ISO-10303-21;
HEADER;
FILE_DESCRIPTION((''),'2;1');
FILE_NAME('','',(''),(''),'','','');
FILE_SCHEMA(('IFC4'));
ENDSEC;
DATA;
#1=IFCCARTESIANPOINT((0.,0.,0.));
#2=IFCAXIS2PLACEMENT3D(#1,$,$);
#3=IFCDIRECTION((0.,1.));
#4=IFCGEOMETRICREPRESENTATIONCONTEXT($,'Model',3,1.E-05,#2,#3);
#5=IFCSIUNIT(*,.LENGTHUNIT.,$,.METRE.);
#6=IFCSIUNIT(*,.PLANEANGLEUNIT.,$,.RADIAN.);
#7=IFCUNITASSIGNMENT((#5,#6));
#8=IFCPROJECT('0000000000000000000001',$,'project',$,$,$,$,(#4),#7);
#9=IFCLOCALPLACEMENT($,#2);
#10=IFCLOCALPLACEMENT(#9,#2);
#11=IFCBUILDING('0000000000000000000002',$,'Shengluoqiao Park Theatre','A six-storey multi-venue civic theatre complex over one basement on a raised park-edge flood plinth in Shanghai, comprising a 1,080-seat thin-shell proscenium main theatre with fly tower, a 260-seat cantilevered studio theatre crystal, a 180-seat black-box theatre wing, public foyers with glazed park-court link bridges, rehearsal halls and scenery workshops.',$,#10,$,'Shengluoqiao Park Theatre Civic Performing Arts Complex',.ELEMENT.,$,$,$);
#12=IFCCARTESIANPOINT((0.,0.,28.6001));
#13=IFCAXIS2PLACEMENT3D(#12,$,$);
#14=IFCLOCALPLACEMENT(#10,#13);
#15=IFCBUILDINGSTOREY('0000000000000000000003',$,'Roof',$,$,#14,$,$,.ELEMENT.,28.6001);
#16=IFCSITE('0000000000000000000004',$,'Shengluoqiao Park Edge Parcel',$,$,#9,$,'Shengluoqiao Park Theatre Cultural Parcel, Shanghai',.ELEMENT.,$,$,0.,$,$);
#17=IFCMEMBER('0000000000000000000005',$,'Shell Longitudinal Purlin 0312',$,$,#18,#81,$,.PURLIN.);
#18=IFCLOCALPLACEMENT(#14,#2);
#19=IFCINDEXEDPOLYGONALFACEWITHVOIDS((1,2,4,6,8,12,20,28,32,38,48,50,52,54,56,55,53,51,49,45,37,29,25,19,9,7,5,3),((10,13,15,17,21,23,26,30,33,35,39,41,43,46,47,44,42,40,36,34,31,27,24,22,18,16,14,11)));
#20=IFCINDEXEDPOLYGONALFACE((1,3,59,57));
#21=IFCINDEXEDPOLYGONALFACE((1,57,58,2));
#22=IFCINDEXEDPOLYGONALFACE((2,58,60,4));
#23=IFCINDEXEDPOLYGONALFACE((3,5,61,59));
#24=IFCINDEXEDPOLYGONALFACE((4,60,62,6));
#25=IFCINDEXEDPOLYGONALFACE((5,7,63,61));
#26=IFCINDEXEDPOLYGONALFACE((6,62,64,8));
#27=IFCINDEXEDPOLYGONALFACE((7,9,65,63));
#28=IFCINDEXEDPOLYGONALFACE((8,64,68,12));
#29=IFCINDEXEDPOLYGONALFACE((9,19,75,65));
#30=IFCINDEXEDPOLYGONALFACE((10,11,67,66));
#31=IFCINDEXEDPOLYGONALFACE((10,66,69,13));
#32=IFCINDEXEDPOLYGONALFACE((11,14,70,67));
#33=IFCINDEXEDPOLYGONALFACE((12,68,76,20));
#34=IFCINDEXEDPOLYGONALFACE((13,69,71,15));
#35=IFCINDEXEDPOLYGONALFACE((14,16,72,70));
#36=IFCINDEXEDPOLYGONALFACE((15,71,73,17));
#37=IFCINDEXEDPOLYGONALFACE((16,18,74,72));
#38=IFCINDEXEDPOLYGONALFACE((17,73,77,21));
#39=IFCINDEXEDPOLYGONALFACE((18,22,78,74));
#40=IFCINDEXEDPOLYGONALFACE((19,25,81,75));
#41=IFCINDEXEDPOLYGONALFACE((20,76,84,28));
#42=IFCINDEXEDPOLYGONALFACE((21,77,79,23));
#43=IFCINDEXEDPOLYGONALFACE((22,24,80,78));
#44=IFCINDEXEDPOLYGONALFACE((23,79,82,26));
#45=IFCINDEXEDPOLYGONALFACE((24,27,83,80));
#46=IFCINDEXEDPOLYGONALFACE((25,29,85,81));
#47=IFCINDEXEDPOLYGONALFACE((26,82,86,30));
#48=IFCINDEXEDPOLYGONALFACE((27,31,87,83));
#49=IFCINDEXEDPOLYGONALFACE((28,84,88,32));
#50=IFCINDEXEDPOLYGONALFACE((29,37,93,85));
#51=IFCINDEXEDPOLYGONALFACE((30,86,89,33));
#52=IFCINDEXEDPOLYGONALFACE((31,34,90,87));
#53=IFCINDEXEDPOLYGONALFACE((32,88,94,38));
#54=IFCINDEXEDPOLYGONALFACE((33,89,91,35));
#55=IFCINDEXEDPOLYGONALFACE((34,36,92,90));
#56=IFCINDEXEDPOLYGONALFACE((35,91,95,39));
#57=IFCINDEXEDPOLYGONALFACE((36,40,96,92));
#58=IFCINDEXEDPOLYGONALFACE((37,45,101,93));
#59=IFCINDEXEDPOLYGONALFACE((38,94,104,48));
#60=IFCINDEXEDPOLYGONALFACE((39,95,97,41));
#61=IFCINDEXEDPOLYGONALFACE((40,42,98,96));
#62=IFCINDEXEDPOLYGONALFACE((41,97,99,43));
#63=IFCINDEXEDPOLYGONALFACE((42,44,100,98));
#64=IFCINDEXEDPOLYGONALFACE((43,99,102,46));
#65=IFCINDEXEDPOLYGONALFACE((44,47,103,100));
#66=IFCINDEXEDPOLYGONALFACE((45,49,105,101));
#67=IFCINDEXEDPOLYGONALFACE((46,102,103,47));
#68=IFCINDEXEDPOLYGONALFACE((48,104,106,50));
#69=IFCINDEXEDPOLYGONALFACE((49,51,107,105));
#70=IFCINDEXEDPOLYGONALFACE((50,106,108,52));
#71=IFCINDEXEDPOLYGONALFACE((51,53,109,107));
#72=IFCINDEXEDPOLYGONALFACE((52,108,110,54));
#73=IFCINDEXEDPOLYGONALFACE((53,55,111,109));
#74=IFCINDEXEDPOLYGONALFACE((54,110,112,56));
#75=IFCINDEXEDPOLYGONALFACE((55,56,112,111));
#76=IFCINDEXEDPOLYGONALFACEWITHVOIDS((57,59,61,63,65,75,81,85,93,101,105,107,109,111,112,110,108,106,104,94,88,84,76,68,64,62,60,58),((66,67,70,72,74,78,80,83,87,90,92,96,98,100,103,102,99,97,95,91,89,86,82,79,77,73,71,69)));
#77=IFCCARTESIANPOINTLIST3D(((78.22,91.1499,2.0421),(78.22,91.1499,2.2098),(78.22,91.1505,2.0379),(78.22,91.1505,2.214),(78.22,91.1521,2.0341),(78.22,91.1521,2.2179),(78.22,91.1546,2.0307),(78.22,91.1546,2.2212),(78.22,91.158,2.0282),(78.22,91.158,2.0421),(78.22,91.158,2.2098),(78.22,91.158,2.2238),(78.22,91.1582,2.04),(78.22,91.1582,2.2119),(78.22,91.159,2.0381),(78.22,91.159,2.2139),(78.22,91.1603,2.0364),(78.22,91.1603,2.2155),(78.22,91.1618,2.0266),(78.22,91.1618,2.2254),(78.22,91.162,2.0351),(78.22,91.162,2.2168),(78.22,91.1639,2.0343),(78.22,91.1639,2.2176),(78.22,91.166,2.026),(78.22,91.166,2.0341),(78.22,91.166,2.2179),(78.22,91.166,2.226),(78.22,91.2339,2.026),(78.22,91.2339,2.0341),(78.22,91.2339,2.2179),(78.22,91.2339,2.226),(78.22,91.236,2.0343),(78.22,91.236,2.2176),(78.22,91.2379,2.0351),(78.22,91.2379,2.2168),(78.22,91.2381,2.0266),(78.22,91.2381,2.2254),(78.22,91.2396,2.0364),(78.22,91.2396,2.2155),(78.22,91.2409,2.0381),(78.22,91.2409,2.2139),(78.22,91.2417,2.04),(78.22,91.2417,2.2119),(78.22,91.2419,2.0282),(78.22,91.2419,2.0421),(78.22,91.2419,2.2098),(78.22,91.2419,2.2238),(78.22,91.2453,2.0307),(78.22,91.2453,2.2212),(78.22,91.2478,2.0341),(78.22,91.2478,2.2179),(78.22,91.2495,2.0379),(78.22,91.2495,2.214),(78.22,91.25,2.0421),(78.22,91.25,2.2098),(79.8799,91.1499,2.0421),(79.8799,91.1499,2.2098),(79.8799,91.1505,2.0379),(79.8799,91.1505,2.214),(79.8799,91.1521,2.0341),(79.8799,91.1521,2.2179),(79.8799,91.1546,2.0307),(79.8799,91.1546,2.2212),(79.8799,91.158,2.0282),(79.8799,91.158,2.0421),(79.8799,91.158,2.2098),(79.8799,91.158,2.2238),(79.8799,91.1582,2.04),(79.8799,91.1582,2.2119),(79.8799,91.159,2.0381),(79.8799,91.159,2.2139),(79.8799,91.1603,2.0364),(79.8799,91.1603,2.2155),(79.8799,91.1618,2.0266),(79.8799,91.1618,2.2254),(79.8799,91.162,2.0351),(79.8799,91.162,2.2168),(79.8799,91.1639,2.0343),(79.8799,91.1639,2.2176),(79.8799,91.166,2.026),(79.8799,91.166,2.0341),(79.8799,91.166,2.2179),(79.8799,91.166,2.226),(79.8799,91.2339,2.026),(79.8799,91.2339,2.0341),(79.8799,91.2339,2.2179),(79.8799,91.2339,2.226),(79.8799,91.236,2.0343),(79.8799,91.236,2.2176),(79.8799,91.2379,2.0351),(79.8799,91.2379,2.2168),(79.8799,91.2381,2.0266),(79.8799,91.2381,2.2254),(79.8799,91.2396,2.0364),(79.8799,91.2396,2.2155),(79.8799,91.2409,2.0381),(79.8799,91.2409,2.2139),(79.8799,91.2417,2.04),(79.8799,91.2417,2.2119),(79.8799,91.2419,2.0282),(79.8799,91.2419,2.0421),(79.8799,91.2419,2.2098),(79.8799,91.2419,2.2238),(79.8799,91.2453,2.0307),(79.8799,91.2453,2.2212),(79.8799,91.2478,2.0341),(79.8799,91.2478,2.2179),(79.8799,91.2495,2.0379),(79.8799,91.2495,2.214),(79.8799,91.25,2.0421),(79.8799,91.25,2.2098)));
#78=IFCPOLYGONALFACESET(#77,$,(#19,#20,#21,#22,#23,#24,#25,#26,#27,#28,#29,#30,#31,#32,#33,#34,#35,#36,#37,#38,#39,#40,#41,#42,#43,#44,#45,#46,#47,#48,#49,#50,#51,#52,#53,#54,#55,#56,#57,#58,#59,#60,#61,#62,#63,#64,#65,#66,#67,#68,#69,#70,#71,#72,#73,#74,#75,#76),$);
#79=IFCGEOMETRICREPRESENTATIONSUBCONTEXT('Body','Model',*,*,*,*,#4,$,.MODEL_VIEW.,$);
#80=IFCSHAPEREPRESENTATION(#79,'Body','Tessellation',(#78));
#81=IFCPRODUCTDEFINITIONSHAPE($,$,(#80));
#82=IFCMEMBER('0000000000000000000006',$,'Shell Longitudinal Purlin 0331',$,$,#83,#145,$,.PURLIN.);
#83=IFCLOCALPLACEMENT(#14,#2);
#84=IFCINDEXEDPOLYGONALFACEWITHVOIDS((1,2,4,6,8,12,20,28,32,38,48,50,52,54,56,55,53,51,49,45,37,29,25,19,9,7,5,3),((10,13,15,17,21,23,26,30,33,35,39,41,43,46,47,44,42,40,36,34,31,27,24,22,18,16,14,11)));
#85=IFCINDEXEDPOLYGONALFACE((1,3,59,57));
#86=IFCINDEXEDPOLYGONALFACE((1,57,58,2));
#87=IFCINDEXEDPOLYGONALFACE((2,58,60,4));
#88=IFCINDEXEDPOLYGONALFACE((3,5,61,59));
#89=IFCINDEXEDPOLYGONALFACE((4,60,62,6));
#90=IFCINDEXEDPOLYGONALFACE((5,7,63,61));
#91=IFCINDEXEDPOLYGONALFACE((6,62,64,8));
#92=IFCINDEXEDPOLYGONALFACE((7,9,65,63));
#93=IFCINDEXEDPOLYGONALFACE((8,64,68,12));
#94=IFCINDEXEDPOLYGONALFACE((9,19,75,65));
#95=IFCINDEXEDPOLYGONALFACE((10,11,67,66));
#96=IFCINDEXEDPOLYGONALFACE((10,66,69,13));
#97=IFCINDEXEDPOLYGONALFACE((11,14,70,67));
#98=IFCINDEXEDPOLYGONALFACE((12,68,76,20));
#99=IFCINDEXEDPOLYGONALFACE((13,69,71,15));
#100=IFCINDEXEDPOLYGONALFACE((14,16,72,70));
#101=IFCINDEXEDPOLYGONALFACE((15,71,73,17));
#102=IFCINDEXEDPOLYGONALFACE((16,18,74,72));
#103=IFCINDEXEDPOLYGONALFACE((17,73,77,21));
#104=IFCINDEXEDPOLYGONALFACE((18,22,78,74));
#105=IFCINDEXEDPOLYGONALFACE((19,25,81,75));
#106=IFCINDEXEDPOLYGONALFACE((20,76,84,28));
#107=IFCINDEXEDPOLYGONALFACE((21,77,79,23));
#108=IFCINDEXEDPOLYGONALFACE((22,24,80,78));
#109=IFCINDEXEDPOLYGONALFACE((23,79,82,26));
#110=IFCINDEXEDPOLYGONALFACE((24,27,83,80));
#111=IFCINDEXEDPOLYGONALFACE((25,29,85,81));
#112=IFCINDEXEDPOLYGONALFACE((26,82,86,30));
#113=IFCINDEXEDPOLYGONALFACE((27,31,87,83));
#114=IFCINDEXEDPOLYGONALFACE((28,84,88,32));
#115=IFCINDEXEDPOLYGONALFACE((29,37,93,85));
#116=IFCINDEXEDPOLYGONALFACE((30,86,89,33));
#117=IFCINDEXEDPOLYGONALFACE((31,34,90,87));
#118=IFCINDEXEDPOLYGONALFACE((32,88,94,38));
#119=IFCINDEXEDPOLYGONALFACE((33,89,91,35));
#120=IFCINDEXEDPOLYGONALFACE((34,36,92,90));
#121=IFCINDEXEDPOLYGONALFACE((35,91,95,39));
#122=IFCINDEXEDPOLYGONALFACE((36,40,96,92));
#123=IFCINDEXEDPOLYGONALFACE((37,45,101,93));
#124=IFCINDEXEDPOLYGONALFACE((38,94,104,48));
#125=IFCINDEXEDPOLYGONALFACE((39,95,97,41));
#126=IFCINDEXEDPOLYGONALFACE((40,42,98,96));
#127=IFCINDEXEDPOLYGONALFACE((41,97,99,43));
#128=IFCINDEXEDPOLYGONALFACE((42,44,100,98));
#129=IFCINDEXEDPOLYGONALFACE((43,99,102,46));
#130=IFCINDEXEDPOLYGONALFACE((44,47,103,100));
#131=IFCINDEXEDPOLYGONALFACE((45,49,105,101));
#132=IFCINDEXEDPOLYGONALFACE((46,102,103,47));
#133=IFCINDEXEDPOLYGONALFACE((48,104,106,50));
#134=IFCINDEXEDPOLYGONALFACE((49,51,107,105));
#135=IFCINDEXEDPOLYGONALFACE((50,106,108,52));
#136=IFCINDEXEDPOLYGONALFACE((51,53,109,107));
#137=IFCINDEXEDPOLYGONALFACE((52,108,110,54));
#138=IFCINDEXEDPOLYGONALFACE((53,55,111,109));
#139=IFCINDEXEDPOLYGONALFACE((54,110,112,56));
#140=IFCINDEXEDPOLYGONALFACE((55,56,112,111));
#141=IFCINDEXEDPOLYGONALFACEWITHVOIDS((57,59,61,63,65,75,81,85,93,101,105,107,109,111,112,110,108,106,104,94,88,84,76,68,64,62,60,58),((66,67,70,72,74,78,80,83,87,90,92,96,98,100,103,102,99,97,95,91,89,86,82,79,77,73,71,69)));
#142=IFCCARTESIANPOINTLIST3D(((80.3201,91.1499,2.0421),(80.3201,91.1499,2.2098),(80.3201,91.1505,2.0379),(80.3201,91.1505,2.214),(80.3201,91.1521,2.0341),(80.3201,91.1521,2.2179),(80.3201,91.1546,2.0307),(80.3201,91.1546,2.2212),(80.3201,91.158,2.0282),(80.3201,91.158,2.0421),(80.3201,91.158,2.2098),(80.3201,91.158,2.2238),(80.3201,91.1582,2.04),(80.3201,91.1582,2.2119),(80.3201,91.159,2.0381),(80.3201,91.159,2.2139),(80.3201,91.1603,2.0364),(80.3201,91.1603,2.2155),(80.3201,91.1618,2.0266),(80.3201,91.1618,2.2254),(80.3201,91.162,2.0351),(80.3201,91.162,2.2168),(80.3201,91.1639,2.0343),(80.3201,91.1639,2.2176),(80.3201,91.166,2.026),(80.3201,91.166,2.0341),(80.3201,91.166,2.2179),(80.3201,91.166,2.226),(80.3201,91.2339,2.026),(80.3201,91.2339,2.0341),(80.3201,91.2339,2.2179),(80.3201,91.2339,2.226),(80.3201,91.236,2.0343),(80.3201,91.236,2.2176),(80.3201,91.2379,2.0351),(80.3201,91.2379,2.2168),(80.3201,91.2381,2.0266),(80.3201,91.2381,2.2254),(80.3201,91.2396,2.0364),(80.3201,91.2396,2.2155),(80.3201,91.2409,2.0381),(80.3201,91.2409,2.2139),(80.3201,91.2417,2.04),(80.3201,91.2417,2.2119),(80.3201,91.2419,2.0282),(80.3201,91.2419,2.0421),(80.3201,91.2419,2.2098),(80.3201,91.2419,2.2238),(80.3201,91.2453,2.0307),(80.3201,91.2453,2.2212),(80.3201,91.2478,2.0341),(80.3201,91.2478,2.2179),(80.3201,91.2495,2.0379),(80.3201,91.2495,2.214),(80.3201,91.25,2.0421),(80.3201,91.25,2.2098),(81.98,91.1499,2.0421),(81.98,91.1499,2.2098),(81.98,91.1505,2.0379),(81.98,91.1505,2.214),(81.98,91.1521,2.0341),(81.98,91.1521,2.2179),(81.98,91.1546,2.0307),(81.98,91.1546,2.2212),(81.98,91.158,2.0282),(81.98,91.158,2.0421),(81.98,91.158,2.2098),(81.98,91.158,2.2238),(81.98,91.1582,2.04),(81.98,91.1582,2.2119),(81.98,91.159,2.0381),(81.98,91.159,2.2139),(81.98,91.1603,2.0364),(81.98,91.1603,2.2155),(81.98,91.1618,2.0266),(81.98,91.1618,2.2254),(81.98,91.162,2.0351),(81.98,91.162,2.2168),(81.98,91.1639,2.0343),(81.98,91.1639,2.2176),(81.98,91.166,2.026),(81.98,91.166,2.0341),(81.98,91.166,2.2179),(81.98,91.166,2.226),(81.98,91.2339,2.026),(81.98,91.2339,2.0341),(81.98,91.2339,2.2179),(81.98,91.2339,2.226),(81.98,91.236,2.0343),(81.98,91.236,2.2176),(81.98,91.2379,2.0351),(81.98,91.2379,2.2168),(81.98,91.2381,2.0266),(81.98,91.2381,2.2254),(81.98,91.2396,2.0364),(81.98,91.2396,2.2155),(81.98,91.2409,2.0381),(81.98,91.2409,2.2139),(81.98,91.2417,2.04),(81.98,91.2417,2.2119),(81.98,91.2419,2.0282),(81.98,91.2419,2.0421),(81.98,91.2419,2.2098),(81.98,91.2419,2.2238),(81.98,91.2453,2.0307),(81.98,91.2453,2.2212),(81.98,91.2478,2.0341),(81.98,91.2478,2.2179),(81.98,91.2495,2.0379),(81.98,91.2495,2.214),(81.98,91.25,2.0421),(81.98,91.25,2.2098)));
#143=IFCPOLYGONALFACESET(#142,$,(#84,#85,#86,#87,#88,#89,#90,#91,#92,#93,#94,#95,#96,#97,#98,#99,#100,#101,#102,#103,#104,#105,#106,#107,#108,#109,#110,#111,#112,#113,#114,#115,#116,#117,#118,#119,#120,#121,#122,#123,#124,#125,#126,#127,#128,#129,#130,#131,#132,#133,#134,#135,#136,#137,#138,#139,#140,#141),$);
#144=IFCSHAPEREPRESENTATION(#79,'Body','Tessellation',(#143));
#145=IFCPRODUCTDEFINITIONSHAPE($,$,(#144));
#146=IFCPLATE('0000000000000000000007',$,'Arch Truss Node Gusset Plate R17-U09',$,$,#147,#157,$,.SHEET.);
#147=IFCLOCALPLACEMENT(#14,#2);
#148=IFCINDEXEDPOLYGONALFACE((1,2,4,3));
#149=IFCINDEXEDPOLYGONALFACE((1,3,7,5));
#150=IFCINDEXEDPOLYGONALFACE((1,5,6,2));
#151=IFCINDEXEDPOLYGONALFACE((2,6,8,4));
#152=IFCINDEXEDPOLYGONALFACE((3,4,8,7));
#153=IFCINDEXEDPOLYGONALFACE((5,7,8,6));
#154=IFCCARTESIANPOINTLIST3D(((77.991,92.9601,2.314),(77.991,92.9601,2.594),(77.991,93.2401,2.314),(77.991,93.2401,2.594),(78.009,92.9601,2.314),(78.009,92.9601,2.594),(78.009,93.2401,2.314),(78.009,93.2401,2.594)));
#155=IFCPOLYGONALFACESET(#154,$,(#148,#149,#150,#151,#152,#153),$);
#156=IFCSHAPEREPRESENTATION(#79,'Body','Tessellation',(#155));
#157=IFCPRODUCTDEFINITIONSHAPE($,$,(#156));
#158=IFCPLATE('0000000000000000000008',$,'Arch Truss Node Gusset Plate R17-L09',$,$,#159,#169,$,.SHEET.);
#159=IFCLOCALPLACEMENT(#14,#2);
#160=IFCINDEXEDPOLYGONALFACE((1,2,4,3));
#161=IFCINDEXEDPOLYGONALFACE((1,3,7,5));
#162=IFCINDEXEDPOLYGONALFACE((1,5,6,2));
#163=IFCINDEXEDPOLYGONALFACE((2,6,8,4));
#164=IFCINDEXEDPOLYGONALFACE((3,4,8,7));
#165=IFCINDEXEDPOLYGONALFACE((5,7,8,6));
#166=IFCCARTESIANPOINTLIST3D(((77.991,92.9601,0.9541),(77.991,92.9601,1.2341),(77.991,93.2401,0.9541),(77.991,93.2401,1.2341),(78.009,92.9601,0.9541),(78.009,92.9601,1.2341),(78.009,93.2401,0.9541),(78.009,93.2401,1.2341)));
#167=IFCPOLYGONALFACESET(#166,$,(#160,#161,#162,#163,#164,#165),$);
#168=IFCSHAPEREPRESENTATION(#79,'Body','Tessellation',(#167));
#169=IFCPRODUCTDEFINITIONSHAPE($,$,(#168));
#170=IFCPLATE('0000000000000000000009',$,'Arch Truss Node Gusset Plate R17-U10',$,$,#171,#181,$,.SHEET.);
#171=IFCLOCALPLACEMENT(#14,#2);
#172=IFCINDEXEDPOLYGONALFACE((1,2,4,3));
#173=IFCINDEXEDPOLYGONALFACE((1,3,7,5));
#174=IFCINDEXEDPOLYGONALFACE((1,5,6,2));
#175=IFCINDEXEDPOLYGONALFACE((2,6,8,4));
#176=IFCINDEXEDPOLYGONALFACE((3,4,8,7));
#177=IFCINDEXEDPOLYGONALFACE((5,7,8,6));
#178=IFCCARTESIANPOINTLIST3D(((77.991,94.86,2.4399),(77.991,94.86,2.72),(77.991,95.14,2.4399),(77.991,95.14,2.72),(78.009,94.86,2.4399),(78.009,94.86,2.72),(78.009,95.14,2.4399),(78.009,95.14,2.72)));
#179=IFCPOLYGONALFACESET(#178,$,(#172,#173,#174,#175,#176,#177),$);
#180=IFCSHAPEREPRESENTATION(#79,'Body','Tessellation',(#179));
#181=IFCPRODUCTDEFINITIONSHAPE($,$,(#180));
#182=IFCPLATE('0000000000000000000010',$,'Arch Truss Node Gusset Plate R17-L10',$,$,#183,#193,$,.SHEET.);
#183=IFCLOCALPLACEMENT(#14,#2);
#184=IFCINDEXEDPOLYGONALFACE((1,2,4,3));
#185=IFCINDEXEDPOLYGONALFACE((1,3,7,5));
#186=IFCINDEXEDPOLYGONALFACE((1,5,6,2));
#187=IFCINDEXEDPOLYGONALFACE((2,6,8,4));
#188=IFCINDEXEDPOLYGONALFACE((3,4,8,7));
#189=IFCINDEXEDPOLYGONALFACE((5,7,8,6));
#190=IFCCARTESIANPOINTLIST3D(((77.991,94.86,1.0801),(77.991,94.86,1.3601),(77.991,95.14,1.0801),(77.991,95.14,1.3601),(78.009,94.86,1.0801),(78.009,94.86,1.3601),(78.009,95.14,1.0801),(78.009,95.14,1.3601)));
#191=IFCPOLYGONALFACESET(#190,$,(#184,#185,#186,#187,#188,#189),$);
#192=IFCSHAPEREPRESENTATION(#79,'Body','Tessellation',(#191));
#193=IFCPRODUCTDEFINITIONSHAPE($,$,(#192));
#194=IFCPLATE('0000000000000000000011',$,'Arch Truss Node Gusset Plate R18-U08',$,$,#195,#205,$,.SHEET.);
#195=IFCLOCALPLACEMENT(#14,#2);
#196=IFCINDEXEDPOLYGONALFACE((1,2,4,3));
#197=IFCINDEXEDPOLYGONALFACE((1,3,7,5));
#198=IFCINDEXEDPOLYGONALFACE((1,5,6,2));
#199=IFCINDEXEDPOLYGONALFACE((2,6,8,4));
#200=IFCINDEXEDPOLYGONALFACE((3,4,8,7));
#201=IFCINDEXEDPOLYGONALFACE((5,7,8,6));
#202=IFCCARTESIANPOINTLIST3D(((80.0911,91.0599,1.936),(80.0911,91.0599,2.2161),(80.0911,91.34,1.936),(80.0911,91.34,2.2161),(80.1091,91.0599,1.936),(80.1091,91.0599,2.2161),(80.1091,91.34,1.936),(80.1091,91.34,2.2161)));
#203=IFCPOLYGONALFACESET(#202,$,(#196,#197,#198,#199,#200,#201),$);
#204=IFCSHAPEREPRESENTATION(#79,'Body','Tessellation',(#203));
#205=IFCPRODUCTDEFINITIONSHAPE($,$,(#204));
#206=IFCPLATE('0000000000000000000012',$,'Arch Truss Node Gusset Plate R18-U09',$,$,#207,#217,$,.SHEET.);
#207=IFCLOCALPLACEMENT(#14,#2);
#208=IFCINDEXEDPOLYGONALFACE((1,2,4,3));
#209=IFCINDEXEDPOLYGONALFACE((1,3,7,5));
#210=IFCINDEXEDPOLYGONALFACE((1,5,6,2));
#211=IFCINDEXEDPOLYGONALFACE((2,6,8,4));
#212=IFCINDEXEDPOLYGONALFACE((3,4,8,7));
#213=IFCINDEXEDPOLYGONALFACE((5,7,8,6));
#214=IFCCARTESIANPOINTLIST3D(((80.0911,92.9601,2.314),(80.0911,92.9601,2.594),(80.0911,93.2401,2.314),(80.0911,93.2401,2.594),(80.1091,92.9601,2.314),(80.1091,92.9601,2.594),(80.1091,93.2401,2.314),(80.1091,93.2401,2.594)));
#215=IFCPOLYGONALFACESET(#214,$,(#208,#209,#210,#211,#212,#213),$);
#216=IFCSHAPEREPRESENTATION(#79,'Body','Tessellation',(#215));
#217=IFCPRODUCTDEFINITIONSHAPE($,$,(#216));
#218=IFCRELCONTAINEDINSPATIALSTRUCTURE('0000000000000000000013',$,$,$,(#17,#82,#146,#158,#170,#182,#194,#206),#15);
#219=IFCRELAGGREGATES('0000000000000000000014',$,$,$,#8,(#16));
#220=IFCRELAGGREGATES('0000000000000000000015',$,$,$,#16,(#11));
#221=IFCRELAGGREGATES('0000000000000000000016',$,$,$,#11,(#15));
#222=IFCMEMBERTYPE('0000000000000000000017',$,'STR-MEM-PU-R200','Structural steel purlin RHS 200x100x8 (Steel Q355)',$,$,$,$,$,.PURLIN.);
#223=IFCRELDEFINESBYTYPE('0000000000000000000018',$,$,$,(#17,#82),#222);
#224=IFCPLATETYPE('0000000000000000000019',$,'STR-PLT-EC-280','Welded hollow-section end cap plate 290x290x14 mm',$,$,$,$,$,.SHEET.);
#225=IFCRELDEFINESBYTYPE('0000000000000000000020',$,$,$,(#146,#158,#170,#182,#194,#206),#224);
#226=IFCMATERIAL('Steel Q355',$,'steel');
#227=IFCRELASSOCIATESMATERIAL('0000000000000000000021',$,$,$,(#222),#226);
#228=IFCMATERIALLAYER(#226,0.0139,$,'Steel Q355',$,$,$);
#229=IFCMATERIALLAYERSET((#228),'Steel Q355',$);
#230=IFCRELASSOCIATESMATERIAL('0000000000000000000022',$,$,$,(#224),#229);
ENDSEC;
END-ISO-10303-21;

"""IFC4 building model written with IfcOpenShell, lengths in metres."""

from ifc_helpers import new_model, si_unit, direction, frame, origin, origin_2d, place, context, subcontext, project, spatial, rectangle, hollow_rectangle, extrude, material, layer, layer_set, material_profile, profile_set, type_object, element, save


model = new_model("IFC4")

# Units and contexts
model_context = context("Model", 3, precision=1e-05, world=origin(), true_north=direction((0.0, 1.0)))
body_context = subcontext(model_context, "Body", "Model", "MODEL_VIEW")
ifc_project = project(units=[si_unit("LENGTHUNIT", "METRE"), si_unit("PLANEANGLEUNIT", "RADIAN")], contexts=[model_context])

# Site, building, storey
site_placement = place(None, origin())
site = spatial("IfcSite", under=ifc_project, at=site_placement, Name="Shengluoqiao Park Edge Parcel", LongName="Shengluoqiao Park Theatre Cultural Parcel, Shanghai", CompositionType="ELEMENT", RefElevation=0.0)
building_placement = place(site_placement, origin())
building = spatial("IfcBuilding", under=site, at=building_placement, Name="Shengluoqiao Park Theatre", Description="A six-storey multi-venue civic theatre complex over one basement on a raised park-edge flood plinth in Shanghai, comprising a 1,080-seat thin-shell proscenium main theatre with fly tower, a 260-seat cantilevered studio theatre crystal, a 180-seat black-box theatre wing, public foyers with glazed park-court link bridges, rehearsal halls and scenery workshops.", LongName="Shengluoqiao Park Theatre Civic Performing Arts Complex", CompositionType="ELEMENT")
storey_placement = place(building_placement, frame((0.0, 0.0, 28.6001)))
storey = spatial("IfcBuildingStorey", under=building, at=storey_placement, Name="Roof", CompositionType="ELEMENT", Elevation=28.6001)

# Shared definitions
ifc_material_1 = material(Name="Steel Q355", Category="steel")

# Members
ifc_material_profile_1 = material_profile(ifc_material_1, hollow_rectangle(XDim=0.1001, YDim=0.2, WallThickness=0.0081, InnerFilletRadius=0.0081, OuterFilletRadius=0.0161, at=origin_2d()), Name="RHS 200x100x8")
ifc_profile_set_1 = profile_set([ifc_material_profile_1], Name="Steel Q355")
member_type_1 = type_object("IfcMemberType", Name="STR-MEM-PU-R200", Description="Structural steel purlin RHS 200x100x8 (Steel Q355)", PredefinedType="PURLIN", material=ifc_profile_set_1)
for number, where, z_axis, x_axis, name in (
    (1, (78.22, 91.2, 2.126), (1.0, 0.0, 0.0), (0.0, 1.0, 0.0), "Shell Longitudinal Purlin 0312"),
    (2, (80.3201, 91.2, 2.126), (1.0, 0.0, 0.0), (0.0, 1.0, 0.0), "Shell Longitudinal Purlin 0331"),
):
    element("IfcMember", number, at=place(storey_placement, frame(where, z_axis=z_axis, x_axis=x_axis)), inside=storey, type_object=member_type_1, Name=name, PredefinedType="PURLIN", context=body_context, shape_type="SweptSolid", body=[
        extrude(hollow_rectangle(XDim=0.1001, YDim=0.2, WallThickness=0.0081, InnerFilletRadius=0.0081, OuterFilletRadius=0.0161, at=origin_2d()), origin(), (0.0, 0.0, 1.0), 1.6599),
    ])

# Plates
ifc_layer_1 = layer(ifc_material_1, 0.0139, Name="Steel Q355")
ifc_layer_set_1 = layer_set([ifc_layer_1], Name="Steel Q355")
plate_type_1 = type_object("IfcPlateType", Name="STR-PLT-EC-280", Description="Welded hollow-section end cap plate 290x290x14 mm", PredefinedType="SHEET", material=ifc_layer_set_1)
for number, where, z_axis, x_axis, name in (
    (3, (78.0, 93.1001, 2.314), (0.0, 0.0, 1.0), (1.0, 0.0, 0.0), "Arch Truss Node Gusset Plate R17-U09"),
    (4, (78.0, 93.1001, 0.9541), (0.0, 0.0, 1.0), (1.0, 0.0, 0.0), "Arch Truss Node Gusset Plate R17-L09"),
    (5, (78.0, 95.0, 2.4399), (0.0, 0.0, 1.0), (1.0, 0.0, 0.0), "Arch Truss Node Gusset Plate R17-U10"),
    (6, (78.0, 95.0, 1.0801), (0.0, 0.0, 1.0), (1.0, 0.0, 0.0), "Arch Truss Node Gusset Plate R17-L10"),
    (7, (80.1001, 91.2, 1.936), (0.0, 0.0, 1.0), (1.0, 0.0, 0.0), "Arch Truss Node Gusset Plate R18-U08"),
    (8, (80.1001, 93.1001, 2.314), (0.0, 0.0, 1.0), (1.0, 0.0, 0.0), "Arch Truss Node Gusset Plate R18-U09"),
):
    element("IfcPlate", number, at=place(storey_placement, frame(where, z_axis=z_axis, x_axis=x_axis)), inside=storey, type_object=plate_type_1, Name=name, PredefinedType="SHEET", context=body_context, shape_type="SweptSolid", body=[
        extrude(rectangle(XDim=0.0181, YDim=0.28, at=origin_2d()), origin(), (0.0, 0.0, 1.0), 0.28),
    ])

save(model, "model.ifc")
